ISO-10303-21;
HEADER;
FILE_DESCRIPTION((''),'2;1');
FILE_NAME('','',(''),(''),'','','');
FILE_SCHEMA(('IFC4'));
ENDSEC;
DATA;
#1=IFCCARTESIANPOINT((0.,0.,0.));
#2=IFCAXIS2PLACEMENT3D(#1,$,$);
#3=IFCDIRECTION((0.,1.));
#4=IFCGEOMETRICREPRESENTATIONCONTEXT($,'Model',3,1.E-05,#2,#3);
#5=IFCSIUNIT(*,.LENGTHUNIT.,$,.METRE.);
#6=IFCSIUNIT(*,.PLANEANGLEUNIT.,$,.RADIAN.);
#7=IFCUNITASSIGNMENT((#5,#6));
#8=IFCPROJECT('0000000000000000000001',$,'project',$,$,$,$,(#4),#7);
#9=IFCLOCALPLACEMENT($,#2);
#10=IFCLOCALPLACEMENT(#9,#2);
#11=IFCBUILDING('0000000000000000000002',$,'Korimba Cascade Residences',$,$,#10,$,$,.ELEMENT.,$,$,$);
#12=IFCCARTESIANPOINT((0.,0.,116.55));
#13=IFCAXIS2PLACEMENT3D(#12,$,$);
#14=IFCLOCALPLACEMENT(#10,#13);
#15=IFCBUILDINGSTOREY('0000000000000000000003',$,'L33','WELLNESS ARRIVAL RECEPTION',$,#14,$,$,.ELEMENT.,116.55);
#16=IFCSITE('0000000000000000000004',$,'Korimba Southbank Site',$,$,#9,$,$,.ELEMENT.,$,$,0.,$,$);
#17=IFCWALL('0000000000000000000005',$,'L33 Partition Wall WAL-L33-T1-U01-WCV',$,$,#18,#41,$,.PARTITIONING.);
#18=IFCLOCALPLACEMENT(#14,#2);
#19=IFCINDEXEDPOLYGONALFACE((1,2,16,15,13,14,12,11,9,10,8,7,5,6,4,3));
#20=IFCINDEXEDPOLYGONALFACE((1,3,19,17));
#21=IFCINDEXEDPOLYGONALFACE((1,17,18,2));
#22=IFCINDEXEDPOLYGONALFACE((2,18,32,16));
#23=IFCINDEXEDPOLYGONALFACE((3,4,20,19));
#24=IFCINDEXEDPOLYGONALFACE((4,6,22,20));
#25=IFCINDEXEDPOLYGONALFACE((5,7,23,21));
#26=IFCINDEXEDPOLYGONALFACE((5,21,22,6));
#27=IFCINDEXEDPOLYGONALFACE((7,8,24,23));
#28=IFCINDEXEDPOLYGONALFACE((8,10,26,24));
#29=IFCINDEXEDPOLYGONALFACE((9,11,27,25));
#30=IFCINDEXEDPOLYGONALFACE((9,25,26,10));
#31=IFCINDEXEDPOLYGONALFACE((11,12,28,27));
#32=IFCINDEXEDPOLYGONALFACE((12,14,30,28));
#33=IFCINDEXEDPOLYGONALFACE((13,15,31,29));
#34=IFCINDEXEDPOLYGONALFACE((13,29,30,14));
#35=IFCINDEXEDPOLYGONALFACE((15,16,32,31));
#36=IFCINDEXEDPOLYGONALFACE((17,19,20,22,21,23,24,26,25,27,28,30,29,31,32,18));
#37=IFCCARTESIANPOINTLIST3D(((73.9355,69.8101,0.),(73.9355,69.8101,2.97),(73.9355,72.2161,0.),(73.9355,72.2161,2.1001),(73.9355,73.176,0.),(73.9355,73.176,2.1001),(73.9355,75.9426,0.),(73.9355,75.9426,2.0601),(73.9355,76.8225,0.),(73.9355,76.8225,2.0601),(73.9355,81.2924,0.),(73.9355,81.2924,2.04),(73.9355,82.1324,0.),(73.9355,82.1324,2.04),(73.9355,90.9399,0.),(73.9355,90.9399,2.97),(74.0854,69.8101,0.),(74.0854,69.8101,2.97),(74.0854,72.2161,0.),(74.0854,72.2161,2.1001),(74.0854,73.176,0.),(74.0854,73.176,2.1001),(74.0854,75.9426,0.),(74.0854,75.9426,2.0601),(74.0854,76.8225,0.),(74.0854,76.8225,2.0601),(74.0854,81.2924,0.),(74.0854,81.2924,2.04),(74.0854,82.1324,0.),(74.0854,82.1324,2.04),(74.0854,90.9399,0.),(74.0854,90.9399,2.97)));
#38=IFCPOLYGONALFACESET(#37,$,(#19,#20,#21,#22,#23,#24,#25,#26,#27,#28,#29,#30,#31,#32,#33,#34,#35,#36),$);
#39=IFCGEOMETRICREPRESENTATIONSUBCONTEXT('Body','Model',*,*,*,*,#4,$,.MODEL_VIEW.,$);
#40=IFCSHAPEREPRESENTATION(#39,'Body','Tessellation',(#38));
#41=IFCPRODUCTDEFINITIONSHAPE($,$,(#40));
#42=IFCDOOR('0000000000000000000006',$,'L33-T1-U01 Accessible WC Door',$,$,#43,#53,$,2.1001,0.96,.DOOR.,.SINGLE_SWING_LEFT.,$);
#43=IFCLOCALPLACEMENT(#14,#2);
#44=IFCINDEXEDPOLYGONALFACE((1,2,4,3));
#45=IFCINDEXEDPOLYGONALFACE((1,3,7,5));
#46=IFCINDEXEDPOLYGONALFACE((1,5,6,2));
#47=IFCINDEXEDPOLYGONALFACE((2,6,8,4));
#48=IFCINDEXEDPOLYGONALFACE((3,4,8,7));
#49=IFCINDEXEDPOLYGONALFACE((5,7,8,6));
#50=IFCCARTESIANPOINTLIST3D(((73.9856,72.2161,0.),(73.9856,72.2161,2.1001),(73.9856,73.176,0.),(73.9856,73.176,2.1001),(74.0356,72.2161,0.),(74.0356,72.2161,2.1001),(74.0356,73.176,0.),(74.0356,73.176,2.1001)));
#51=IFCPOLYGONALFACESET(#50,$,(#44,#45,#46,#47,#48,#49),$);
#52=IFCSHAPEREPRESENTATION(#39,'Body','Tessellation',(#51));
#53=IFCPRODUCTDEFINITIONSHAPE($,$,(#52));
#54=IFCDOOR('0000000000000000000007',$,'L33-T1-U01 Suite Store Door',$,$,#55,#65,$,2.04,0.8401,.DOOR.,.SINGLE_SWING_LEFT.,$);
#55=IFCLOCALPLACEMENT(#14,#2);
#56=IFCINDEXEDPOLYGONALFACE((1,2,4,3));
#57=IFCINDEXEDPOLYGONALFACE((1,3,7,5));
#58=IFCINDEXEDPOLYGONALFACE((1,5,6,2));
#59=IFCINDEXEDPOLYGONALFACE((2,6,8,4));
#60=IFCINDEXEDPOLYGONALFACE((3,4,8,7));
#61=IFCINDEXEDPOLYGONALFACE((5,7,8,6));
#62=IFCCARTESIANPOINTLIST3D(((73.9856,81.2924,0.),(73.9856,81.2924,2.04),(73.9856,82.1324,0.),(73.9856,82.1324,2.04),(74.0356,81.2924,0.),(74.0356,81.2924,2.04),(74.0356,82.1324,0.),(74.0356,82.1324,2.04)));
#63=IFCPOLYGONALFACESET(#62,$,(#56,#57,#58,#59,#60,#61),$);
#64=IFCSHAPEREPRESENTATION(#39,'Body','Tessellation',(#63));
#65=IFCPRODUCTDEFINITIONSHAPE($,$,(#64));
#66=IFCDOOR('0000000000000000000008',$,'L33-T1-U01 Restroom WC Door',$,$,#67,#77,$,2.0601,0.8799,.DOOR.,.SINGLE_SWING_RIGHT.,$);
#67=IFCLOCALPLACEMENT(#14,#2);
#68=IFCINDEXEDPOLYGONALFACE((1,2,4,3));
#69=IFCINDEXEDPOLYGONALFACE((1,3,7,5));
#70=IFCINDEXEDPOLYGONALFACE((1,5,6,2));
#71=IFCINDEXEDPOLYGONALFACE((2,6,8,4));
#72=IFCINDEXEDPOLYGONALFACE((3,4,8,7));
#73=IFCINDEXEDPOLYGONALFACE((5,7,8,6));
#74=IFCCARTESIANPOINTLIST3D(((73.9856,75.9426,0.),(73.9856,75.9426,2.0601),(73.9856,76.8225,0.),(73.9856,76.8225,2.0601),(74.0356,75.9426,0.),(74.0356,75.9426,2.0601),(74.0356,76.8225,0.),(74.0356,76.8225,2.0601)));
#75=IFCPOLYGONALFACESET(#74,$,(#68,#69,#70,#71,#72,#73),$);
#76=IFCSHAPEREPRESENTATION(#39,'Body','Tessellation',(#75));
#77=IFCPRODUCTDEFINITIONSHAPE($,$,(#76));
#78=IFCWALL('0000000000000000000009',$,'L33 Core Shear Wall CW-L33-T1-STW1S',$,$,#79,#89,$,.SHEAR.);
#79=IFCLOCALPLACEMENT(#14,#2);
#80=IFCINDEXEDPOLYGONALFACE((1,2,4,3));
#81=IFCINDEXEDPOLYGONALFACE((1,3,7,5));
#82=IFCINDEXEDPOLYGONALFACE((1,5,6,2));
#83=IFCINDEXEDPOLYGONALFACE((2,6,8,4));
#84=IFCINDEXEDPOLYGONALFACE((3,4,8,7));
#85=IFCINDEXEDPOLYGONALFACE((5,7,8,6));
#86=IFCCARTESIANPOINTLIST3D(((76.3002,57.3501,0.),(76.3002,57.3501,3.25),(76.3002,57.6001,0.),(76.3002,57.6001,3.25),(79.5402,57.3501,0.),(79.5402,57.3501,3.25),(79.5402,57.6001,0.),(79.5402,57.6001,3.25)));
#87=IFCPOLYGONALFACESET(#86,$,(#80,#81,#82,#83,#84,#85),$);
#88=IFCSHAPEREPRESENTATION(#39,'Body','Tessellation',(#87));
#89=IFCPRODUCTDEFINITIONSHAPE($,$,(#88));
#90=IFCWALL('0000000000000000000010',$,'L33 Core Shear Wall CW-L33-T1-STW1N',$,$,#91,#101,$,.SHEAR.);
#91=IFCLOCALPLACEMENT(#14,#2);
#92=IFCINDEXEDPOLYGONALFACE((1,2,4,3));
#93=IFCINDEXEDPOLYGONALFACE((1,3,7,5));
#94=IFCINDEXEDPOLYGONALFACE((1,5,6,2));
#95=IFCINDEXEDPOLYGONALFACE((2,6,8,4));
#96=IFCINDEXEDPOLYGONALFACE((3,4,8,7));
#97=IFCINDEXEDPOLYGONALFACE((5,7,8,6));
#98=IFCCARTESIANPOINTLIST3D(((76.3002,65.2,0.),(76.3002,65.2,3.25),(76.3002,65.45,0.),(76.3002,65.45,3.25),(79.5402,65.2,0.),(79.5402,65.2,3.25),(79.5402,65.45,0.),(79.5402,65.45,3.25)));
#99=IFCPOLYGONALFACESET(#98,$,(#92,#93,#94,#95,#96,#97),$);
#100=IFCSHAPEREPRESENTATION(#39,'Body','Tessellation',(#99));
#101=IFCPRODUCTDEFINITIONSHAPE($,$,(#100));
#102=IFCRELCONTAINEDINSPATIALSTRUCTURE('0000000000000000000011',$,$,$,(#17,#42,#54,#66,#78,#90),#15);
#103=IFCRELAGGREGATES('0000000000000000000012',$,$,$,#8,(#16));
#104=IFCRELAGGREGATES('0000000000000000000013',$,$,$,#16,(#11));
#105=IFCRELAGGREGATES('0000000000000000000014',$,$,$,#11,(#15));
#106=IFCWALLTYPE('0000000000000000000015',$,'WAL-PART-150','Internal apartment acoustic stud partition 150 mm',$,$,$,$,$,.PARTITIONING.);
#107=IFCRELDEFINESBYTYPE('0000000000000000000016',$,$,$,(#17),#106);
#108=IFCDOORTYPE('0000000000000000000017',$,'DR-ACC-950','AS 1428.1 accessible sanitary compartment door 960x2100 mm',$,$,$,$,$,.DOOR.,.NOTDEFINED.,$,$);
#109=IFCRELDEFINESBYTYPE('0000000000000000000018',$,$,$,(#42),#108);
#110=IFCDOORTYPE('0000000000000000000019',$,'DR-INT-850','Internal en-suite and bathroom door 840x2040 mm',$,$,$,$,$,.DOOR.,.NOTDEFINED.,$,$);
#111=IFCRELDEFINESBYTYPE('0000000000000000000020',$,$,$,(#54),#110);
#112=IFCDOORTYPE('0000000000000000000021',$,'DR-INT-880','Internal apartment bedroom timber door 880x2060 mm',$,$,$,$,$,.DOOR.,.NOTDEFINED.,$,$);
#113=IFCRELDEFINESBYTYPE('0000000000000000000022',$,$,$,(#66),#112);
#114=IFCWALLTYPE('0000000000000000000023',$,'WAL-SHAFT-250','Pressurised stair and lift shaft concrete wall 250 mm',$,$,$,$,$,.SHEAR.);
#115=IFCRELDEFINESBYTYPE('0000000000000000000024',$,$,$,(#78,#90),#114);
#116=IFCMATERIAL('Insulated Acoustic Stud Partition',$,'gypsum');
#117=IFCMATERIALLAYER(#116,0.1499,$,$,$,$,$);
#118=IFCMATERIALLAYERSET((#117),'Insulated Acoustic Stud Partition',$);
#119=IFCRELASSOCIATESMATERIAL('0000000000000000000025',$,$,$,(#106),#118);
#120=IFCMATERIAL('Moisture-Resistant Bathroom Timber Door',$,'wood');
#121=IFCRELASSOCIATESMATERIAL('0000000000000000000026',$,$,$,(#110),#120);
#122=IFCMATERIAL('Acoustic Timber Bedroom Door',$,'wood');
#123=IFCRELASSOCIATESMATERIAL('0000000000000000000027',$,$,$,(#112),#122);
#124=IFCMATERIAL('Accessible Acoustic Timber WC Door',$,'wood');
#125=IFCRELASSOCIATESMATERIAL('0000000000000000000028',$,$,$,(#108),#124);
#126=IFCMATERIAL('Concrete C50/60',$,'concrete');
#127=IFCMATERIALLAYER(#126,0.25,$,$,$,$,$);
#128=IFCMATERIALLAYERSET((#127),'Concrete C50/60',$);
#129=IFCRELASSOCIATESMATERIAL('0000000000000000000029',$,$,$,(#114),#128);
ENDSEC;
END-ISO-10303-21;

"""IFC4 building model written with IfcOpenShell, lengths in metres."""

from ifc_helpers import new_model, si_unit, direction, frame, frame_2d, origin, place, context, subcontext, project, spatial, rectangle, extrude, material, layer, layer_set, type_object, element, fill, save


model = new_model("IFC4")

# Units and contexts
model_context = context("Model", 3, precision=1e-05, world=origin(), true_north=direction((0.0, 1.0)))
body_context = subcontext(model_context, "Body", "Model", "MODEL_VIEW")
ifc_project = project(units=[si_unit("LENGTHUNIT", "METRE"), si_unit("PLANEANGLEUNIT", "RADIAN")], contexts=[model_context])

# Site, building, storey
site_placement = place(None, origin())
site = spatial("IfcSite", under=ifc_project, at=site_placement, Name="Korimba Southbank Site", CompositionType="ELEMENT", RefElevation=0.0)
building_placement = place(site_placement, origin())
building = spatial("IfcBuilding", under=site, at=building_placement, Name="Korimba Cascade Residences", CompositionType="ELEMENT")
storey_placement = place(building_placement, frame((0.0, 0.0, 116.55)))
storey = spatial("IfcBuildingStorey", under=building, at=storey_placement, Name="L33", Description="WELLNESS ARRIVAL RECEPTION", CompositionType="ELEMENT", Elevation=116.55)

# Shared definitions
ifc_material_1 = material(Name="Insulated Acoustic Stud Partition", Category="gypsum")
ifc_layer_1 = layer(ifc_material_1, 0.1499)
ifc_layer_set_1 = layer_set([ifc_layer_1], Name="Insulated Acoustic Stud Partition")
wall_type_1 = type_object("IfcWallType", Name="WAL-PART-150", Description="Internal apartment acoustic stud partition 150 mm", PredefinedType="PARTITIONING", material=ifc_layer_set_1)

# Wall, openings, doors
ifc_material_2 = material(Name="Moisture-Resistant Bathroom Timber Door", Category="wood")
door_type_1 = type_object("IfcDoorType", Name="DR-INT-850", Description="Internal en-suite and bathroom door 840x2040 mm", OperationType="NOTDEFINED", PredefinedType="DOOR", material=ifc_material_2)
ifc_material_3 = material(Name="Acoustic Timber Bedroom Door", Category="wood")
door_type_2 = type_object("IfcDoorType", Name="DR-INT-880", Description="Internal apartment bedroom timber door 880x2060 mm", OperationType="NOTDEFINED", PredefinedType="DOOR", material=ifc_material_3)
wall_1_placement = place(storey_placement, frame((74.0105, 69.8101, 0.0), z_axis=(0.0, 0.0, 1.0), x_axis=(0.0, 1.0, 0.0)))
wall_1 = element("IfcWall", 1, at=wall_1_placement, inside=storey, type_object=wall_type_1, Name="L33 Partition Wall WAL-L33-T1-U01-WCV", PredefinedType="PARTITIONING", context=body_context, shape_type="SweptSolid", body=[
    extrude(rectangle(XDim=21.1299, YDim=0.1499, at=frame_2d((10.5649, 0.0))), origin(), (0.0, 0.0, 1.0), 2.97),
])
opening_1_placement = place(wall_1_placement, frame((2.406, 0.0, 0.0)))
opening_1 = element("IfcOpeningElement", 2, at=opening_1_placement, cuts=wall_1, PredefinedType="OPENING", context=body_context, shape_type="SweptSolid", body=[
    extrude(rectangle(XDim=0.96, YDim=2.1001, at=frame_2d((0.48, 1.05))), frame((0.0, 0.085, 0.0), z_axis=(0.0, -1.0, 0.0), x_axis=(1.0, 0.0, 0.0)), (0.0, 0.0, 1.0), 0.1699),
])
opening_2_placement = place(wall_1_placement, frame((6.1326, 0.0, 0.0)))
opening_2 = element("IfcOpeningElement", 3, at=opening_2_placement, cuts=wall_1, PredefinedType="OPENING", context=body_context, shape_type="SweptSolid", body=[
    extrude(rectangle(XDim=0.8799, YDim=2.0601, at=frame_2d((0.4399, 1.03))), frame((0.0, 0.085, 0.0), z_axis=(0.0, -1.0, 0.0), x_axis=(1.0, 0.0, 0.0)), (0.0, 0.0, 1.0), 0.1699),
])
opening_3_placement = place(wall_1_placement, frame((11.4824, 0.0, 0.0)))
opening_3 = element("IfcOpeningElement", 4, at=opening_3_placement, cuts=wall_1, PredefinedType="OPENING", context=body_context, shape_type="SweptSolid", body=[
    extrude(rectangle(XDim=0.8401, YDim=2.04, at=frame_2d((0.4199, 1.02))), frame((0.0, 0.085, 0.0), z_axis=(0.0, -1.0, 0.0), x_axis=(1.0, 0.0, 0.0)), (0.0, 0.0, 1.0), 0.1699),
])
ifc_material_4 = material(Name="Accessible Acoustic Timber WC Door", Category="wood")
door_type_3 = type_object("IfcDoorType", Name="DR-ACC-950", Description="AS 1428.1 accessible sanitary compartment door 960x2100 mm", OperationType="NOTDEFINED", PredefinedType="DOOR", material=ifc_material_4)
door_1_placement = place(opening_1_placement, origin())
door_1 = element("IfcDoor", 5, at=door_1_placement, inside=storey, type_object=door_type_3, Name="L33-T1-U01 Accessible WC Door", OperationType="SINGLE_SWING_LEFT", OverallHeight=2.1001, OverallWidth=0.96, PredefinedType="DOOR", context=body_context, shape_type="SweptSolid", body=[
    extrude(rectangle(XDim=0.96, YDim=2.1001, at=frame_2d((0.48, 1.05))), frame((0.0, 0.0249, 0.0), z_axis=(0.0, -1.0, 0.0), x_axis=(1.0, 0.0, 0.0)), (0.0, 0.0, 1.0), 0.05),
])
fill(opening_1, door_1)
door_2_placement = place(opening_3_placement, origin())
door_2 = element("IfcDoor", 6, at=door_2_placement, inside=storey, type_object=door_type_1, Name="L33-T1-U01 Suite Store Door", OperationType="SINGLE_SWING_LEFT", OverallHeight=2.04, OverallWidth=0.8401, PredefinedType="DOOR", context=body_context, shape_type="SweptSolid", body=[
    extrude(rectangle(XDim=0.8401, YDim=2.04, at=frame_2d((0.4199, 1.02))), frame((0.0, 0.0249, 0.0), z_axis=(0.0, -1.0, 0.0), x_axis=(1.0, 0.0, 0.0)), (0.0, 0.0, 1.0), 0.05),
])
fill(opening_3, door_2)
door_3_placement = place(opening_2_placement, origin())
door_3 = element("IfcDoor", 7, at=door_3_placement, inside=storey, type_object=door_type_2, Name="L33-T1-U01 Restroom WC Door", OperationType="SINGLE_SWING_RIGHT", OverallHeight=2.0601, OverallWidth=0.8799, PredefinedType="DOOR", context=body_context, shape_type="SweptSolid", body=[
    extrude(rectangle(XDim=0.8799, YDim=2.0601, at=frame_2d((0.4399, 1.03))), frame((0.0, 0.0249, 0.0), z_axis=(0.0, -1.0, 0.0), x_axis=(1.0, 0.0, 0.0)), (0.0, 0.0, 1.0), 0.05),
])
fill(opening_2, door_3)

# Walls
ifc_material_5 = material(Name="Concrete C50/60", Category="concrete")
ifc_layer_2 = layer(ifc_material_5, 0.25)
ifc_layer_set_2 = layer_set([ifc_layer_2], Name="Concrete C50/60")
wall_type_2 = type_object("IfcWallType", Name="WAL-SHAFT-250", Description="Pressurised stair and lift shaft concrete wall 250 mm", PredefinedType="SHEAR", material=ifc_layer_set_2)
for number, where, z_axis, x_axis, name in (
    (8, (76.3, 57.4751, 0.0), (0.0, 0.0, 1.0), (1.0, 0.0, 0.0), "L33 Core Shear Wall CW-L33-T1-STW1S"),
    (9, (76.3, 65.325, 0.0), (0.0, 0.0, 1.0), (1.0, 0.0, 0.0), "L33 Core Shear Wall CW-L33-T1-STW1N"),
):
    element("IfcWall", number, at=place(storey_placement, frame(where, z_axis=z_axis, x_axis=x_axis)), inside=storey, type_object=wall_type_2, Name=name, PredefinedType="SHEAR", context=body_context, shape_type="SweptSolid", body=[
        extrude(rectangle(XDim=3.24, YDim=0.25, at=frame_2d((1.6201, 0.0))), origin(), (0.0, 0.0, 1.0), 3.25),
    ])

save(model, "model.ifc")
